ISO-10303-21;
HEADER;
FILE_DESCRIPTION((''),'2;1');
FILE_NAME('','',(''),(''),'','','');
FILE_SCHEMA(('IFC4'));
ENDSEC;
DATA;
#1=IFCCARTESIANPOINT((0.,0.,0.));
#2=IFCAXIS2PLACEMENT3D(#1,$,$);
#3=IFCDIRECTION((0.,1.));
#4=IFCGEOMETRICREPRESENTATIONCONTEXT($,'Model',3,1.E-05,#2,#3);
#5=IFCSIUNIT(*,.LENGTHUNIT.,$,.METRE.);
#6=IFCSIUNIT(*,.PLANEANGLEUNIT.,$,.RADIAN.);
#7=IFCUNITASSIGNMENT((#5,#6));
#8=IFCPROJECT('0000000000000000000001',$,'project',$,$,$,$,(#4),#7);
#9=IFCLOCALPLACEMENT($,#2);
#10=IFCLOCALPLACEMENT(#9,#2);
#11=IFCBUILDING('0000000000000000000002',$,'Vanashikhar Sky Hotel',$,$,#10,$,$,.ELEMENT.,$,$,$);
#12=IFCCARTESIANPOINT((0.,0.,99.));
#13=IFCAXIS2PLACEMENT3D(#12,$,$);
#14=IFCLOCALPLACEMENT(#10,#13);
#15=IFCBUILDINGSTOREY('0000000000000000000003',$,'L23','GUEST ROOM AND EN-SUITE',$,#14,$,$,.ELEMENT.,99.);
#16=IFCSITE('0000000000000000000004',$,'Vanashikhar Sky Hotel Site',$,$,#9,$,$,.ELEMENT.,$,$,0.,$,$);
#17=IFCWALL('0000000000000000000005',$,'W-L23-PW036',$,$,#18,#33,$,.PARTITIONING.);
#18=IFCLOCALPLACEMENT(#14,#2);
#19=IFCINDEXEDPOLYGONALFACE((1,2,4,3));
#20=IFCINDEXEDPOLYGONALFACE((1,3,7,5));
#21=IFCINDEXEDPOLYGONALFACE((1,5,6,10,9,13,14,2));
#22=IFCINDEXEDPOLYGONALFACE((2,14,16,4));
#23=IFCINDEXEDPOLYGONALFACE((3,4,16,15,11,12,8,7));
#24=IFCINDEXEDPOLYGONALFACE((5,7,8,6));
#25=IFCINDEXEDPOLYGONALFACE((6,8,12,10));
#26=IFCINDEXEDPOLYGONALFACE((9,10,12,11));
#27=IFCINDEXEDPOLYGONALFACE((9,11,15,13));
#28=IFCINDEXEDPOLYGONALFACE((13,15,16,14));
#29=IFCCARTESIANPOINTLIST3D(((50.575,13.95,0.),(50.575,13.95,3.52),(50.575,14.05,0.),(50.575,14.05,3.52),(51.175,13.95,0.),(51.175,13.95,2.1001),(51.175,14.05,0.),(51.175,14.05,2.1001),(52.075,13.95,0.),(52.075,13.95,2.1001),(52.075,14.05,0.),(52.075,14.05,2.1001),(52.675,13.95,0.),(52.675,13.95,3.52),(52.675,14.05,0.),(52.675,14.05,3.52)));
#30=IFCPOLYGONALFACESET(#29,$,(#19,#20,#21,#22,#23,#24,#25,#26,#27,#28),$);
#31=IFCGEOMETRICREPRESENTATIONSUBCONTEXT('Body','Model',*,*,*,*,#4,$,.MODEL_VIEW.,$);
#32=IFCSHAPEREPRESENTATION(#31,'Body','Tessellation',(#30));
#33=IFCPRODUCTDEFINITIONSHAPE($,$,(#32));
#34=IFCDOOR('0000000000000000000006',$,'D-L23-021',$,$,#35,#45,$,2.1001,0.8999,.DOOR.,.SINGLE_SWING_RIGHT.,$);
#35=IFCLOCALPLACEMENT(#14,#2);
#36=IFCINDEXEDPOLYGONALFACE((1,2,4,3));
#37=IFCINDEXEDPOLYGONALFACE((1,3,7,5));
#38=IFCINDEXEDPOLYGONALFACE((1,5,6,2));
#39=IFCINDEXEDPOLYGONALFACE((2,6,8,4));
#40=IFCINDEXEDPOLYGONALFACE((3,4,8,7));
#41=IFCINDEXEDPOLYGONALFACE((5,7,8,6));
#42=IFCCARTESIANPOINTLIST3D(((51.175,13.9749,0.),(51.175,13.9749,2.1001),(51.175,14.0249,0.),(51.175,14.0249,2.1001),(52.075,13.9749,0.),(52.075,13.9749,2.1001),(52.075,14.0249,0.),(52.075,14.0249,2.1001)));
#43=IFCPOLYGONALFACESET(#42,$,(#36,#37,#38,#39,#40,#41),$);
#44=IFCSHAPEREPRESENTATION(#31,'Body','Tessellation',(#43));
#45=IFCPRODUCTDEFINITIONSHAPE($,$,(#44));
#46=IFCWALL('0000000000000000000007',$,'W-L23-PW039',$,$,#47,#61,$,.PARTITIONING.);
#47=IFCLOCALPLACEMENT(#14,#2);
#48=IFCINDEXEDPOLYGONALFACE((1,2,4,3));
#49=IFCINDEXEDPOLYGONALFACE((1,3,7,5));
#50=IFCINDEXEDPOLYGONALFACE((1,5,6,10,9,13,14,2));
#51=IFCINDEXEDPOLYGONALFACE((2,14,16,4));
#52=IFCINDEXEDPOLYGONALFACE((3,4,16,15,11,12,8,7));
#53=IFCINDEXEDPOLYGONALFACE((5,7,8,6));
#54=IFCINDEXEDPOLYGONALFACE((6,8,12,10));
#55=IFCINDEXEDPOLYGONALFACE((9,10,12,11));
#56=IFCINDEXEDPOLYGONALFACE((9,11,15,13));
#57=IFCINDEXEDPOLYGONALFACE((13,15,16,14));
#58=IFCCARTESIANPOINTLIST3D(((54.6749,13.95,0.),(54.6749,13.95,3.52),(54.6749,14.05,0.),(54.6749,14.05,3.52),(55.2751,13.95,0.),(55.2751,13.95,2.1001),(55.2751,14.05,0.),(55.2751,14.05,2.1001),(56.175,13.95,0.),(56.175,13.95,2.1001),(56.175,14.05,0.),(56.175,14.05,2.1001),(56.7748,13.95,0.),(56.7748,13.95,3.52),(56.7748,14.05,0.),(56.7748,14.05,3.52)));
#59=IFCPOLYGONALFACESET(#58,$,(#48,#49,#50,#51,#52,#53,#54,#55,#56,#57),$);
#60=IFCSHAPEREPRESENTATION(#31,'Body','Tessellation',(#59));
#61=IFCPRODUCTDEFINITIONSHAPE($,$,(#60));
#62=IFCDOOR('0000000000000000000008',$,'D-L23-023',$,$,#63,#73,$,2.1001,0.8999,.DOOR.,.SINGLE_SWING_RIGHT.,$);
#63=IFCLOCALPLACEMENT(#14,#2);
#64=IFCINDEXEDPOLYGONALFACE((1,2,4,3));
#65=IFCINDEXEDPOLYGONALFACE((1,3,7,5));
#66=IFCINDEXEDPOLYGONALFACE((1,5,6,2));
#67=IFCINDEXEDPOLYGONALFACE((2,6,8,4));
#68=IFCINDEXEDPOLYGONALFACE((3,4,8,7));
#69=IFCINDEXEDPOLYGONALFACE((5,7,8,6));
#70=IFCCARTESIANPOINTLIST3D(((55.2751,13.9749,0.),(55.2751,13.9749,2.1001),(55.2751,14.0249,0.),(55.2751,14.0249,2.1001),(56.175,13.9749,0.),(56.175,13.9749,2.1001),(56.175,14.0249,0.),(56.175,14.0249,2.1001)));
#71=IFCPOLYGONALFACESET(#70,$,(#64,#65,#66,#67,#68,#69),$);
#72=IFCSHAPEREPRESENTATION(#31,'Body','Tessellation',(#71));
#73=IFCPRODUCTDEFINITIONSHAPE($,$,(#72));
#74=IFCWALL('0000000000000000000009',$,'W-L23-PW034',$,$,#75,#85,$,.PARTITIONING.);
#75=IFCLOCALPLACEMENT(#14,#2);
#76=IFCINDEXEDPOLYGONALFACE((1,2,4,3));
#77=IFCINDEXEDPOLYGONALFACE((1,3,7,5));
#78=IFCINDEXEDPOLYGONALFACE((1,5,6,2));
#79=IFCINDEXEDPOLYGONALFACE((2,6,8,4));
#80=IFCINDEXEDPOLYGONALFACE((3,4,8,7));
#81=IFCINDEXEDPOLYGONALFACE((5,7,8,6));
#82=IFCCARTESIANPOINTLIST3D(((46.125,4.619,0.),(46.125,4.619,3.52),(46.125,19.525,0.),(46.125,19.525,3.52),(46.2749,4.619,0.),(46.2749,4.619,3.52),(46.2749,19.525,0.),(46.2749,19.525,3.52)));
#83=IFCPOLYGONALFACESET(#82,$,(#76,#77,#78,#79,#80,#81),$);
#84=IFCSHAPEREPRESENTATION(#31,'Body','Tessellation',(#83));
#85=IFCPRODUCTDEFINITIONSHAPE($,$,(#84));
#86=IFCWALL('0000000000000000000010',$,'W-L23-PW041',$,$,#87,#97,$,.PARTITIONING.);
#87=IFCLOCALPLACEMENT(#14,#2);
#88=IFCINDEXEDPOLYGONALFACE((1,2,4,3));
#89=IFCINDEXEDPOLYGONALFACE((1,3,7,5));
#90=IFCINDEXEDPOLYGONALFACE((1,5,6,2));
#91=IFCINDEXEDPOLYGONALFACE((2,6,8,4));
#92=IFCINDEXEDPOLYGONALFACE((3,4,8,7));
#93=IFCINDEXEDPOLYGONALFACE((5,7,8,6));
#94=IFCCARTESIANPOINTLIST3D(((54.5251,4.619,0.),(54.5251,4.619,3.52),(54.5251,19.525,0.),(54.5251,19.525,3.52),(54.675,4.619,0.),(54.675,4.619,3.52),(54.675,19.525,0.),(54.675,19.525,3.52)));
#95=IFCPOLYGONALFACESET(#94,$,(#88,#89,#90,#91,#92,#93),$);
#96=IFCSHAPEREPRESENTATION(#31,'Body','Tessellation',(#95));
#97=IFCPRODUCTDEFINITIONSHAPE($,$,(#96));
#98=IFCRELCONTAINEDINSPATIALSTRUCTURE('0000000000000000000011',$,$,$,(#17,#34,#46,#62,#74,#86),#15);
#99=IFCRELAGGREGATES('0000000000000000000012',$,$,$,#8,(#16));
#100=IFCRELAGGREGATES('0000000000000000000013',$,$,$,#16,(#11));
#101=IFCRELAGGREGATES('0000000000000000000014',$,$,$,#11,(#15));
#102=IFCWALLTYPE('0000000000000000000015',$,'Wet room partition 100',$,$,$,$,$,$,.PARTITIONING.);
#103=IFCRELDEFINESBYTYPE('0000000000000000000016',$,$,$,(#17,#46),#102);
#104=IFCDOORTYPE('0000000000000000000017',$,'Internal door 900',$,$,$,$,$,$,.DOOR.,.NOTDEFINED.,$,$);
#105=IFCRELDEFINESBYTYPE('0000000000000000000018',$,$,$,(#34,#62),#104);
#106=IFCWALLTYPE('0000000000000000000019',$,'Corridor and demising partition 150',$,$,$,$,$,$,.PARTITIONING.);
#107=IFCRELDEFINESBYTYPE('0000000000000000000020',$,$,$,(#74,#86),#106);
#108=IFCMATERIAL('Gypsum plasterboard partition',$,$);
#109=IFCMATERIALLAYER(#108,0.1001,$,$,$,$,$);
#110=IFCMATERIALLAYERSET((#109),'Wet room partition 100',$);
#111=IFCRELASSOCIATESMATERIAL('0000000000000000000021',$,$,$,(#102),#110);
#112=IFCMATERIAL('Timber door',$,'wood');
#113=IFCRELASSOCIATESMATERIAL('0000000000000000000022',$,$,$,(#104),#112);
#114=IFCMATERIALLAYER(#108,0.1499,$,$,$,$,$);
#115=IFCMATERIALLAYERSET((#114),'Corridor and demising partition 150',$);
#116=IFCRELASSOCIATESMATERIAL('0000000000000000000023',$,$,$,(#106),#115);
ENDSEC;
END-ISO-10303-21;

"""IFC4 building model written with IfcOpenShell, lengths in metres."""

from ifc_helpers import new_model, si_unit, direction, frame, frame_2d, origin, place, context, subcontext, project, spatial, rectangle, extrude, source, transform, mapped, material, layer, layer_set, type_object, element, fill, save


model = new_model("IFC4")

# Units and contexts
model_context = context("Model", 3, precision=1e-05, world=origin(), true_north=direction((0.0, 1.0)))
body_context = subcontext(model_context, "Body", "Model", "MODEL_VIEW")
ifc_project = project(units=[si_unit("LENGTHUNIT", "METRE"), si_unit("PLANEANGLEUNIT", "RADIAN")], contexts=[model_context])

# Site, building, storey
site_placement = place(None, origin())
site = spatial("IfcSite", under=ifc_project, at=site_placement, Name="Vanashikhar Sky Hotel Site", CompositionType="ELEMENT", RefElevation=0.0)
building_placement = place(site_placement, origin())
building = spatial("IfcBuilding", under=site, at=building_placement, Name="Vanashikhar Sky Hotel", CompositionType="ELEMENT")
storey_placement = place(building_placement, frame((0.0, 0.0, 99.0)))
storey = spatial("IfcBuildingStorey", under=building, at=storey_placement, Name="L23", Description="GUEST ROOM AND EN-SUITE", CompositionType="ELEMENT", Elevation=99.0)

# Shared definitions
ifc_material_1 = material(Name="Gypsum plasterboard partition")
ifc_layer_1 = layer(ifc_material_1, 0.1001)
ifc_layer_set_1 = layer_set([ifc_layer_1], Name="Wet room partition 100")
wall_type_1 = type_object("IfcWallType", Name="Wet room partition 100", PredefinedType="PARTITIONING", material=ifc_layer_set_1)

# Walls, openings, doors
shared_shape_1 = source(origin(), body_context, "Body", "SweptSolid", [
    extrude(rectangle(XDim=2.1001, YDim=0.1001, at=frame_2d((1.05, 0.0))), origin(), (0.0, 0.0, 1.0), 3.52),
])
shared_shape_2 = source(origin(), body_context, "Body", "SweptSolid", [
    extrude(rectangle(XDim=0.8999, YDim=2.1001, at=frame_2d((0.45, 1.05))), frame((0.0, 0.0601, 0.0), z_axis=(0.0, -1.0, 0.0), x_axis=(1.0, 0.0, 0.0)), (0.0, 0.0, 1.0), 0.1201),
])
ifc_material_2 = material(Name="Timber door", Category="wood")
door_type = type_object("IfcDoorType", Name="Internal door 900", OperationType="NOTDEFINED", PredefinedType="DOOR", material=ifc_material_2)
shared_shape_3 = source(origin(), body_context, "Body", "SweptSolid", [
    extrude(rectangle(XDim=0.8999, YDim=2.1001, at=frame_2d((0.45, 1.05))), frame((0.0, 0.0249, 0.0), z_axis=(0.0, -1.0, 0.0), x_axis=(1.0, 0.0, 0.0)), (0.0, 0.0, 1.0), 0.05),
])
wall_1_placement = place(storey_placement, frame((50.575, 14.0, 0.0), z_axis=(0.0, 0.0, 1.0), x_axis=(1.0, 0.0, 0.0)))
wall_1 = element("IfcWall", 1, at=wall_1_placement, inside=storey, type_object=wall_type_1, Name="W-L23-PW036", PredefinedType="PARTITIONING", context=body_context, shape_type="MappedRepresentation", body=[
    mapped(shared_shape_1, transform((0.0, 0.0, 0.0), scale=1.0)),
])
opening_1_placement = place(wall_1_placement, frame((0.6001, 0.0, 0.0)))
opening_1 = element("IfcOpeningElement", 2, at=opening_1_placement, cuts=wall_1, PredefinedType="OPENING", context=body_context, shape_type="MappedRepresentation", body=[
    mapped(shared_shape_2, transform((0.0, 0.0, 0.0), scale=1.0)),
])
door_1_placement = place(opening_1_placement, origin())
door_1 = element("IfcDoor", 3, at=door_1_placement, inside=storey, type_object=door_type, Name="D-L23-021", OperationType="SINGLE_SWING_RIGHT", OverallHeight=2.1001, OverallWidth=0.8999, PredefinedType="DOOR", context=body_context, shape_type="MappedRepresentation", body=[
    mapped(shared_shape_3, transform((0.0, 0.0, 0.0), scale=1.0)),
])
fill(opening_1, door_1)
shared_shape_4 = source(origin(), body_context, "Body", "SweptSolid", [
    extrude(rectangle(XDim=2.0999, YDim=0.1001, at=frame_2d((1.0498, 0.0))), origin(), (0.0, 0.0, 1.0), 3.52),
])
wall_2_placement = place(storey_placement, frame((54.675, 14.0, 0.0), z_axis=(0.0, 0.0, 1.0), x_axis=(1.0, 0.0, 0.0)))
wall_2 = element("IfcWall", 4, at=wall_2_placement, inside=storey, type_object=wall_type_1, Name="W-L23-PW039", PredefinedType="PARTITIONING", context=body_context, shape_type="MappedRepresentation", body=[
    mapped(shared_shape_4, transform((0.0, 0.0, 0.0), scale=1.0)),
])
opening_2_placement = place(wall_2_placement, frame((0.6001, 0.0, 0.0)))
opening_2 = element("IfcOpeningElement", 5, at=opening_2_placement, cuts=wall_2, PredefinedType="OPENING", context=body_context, shape_type="MappedRepresentation", body=[
    mapped(shared_shape_2, transform((0.0, 0.0, 0.0), scale=1.0)),
])
door_2_placement = place(opening_2_placement, origin())
door_2 = element("IfcDoor", 6, at=door_2_placement, inside=storey, type_object=door_type, Name="D-L23-023", OperationType="SINGLE_SWING_RIGHT", OverallHeight=2.1001, OverallWidth=0.8999, PredefinedType="DOOR", context=body_context, shape_type="MappedRepresentation", body=[
    mapped(shared_shape_3, transform((0.0, 0.0, 0.0), scale=1.0)),
])
fill(opening_2, door_2)

# Walls
ifc_layer_2 = layer(ifc_material_1, 0.1499)
ifc_layer_set_2 = layer_set([ifc_layer_2], Name="Corridor and demising partition 150")
wall_type_2 = type_object("IfcWallType", Name="Corridor and demising partition 150", PredefinedType="PARTITIONING", material=ifc_layer_set_2)
shared_shape_5 = source(origin(), body_context, "Body", "SweptSolid", [
    extrude(rectangle(XDim=14.906, YDim=0.1499, at=frame_2d((7.4531, 0.0))), origin(), (0.0, 0.0, 1.0), 3.52),
])
for number, where, z_axis, x_axis, name in (
    (7, (46.2, 4.6189, 0.0), (0.0, 0.0, 1.0), (0.0, 1.0, 0.0), "W-L23-PW034"),
    (8, (54.6001, 4.6189, 0.0), (0.0, 0.0, 1.0), (0.0, 1.0, 0.0), "W-L23-PW041"),
):
    element("IfcWall", number, at=place(storey_placement, frame(where, z_axis=z_axis, x_axis=x_axis)), inside=storey, type_object=wall_type_2, Name=name, PredefinedType="PARTITIONING", context=body_context, shape_type="MappedRepresentation", body=[
        mapped(shared_shape_5, transform((0.0, 0.0, 0.0), scale=1.0)),
    ])

save(model, "model.ifc")
